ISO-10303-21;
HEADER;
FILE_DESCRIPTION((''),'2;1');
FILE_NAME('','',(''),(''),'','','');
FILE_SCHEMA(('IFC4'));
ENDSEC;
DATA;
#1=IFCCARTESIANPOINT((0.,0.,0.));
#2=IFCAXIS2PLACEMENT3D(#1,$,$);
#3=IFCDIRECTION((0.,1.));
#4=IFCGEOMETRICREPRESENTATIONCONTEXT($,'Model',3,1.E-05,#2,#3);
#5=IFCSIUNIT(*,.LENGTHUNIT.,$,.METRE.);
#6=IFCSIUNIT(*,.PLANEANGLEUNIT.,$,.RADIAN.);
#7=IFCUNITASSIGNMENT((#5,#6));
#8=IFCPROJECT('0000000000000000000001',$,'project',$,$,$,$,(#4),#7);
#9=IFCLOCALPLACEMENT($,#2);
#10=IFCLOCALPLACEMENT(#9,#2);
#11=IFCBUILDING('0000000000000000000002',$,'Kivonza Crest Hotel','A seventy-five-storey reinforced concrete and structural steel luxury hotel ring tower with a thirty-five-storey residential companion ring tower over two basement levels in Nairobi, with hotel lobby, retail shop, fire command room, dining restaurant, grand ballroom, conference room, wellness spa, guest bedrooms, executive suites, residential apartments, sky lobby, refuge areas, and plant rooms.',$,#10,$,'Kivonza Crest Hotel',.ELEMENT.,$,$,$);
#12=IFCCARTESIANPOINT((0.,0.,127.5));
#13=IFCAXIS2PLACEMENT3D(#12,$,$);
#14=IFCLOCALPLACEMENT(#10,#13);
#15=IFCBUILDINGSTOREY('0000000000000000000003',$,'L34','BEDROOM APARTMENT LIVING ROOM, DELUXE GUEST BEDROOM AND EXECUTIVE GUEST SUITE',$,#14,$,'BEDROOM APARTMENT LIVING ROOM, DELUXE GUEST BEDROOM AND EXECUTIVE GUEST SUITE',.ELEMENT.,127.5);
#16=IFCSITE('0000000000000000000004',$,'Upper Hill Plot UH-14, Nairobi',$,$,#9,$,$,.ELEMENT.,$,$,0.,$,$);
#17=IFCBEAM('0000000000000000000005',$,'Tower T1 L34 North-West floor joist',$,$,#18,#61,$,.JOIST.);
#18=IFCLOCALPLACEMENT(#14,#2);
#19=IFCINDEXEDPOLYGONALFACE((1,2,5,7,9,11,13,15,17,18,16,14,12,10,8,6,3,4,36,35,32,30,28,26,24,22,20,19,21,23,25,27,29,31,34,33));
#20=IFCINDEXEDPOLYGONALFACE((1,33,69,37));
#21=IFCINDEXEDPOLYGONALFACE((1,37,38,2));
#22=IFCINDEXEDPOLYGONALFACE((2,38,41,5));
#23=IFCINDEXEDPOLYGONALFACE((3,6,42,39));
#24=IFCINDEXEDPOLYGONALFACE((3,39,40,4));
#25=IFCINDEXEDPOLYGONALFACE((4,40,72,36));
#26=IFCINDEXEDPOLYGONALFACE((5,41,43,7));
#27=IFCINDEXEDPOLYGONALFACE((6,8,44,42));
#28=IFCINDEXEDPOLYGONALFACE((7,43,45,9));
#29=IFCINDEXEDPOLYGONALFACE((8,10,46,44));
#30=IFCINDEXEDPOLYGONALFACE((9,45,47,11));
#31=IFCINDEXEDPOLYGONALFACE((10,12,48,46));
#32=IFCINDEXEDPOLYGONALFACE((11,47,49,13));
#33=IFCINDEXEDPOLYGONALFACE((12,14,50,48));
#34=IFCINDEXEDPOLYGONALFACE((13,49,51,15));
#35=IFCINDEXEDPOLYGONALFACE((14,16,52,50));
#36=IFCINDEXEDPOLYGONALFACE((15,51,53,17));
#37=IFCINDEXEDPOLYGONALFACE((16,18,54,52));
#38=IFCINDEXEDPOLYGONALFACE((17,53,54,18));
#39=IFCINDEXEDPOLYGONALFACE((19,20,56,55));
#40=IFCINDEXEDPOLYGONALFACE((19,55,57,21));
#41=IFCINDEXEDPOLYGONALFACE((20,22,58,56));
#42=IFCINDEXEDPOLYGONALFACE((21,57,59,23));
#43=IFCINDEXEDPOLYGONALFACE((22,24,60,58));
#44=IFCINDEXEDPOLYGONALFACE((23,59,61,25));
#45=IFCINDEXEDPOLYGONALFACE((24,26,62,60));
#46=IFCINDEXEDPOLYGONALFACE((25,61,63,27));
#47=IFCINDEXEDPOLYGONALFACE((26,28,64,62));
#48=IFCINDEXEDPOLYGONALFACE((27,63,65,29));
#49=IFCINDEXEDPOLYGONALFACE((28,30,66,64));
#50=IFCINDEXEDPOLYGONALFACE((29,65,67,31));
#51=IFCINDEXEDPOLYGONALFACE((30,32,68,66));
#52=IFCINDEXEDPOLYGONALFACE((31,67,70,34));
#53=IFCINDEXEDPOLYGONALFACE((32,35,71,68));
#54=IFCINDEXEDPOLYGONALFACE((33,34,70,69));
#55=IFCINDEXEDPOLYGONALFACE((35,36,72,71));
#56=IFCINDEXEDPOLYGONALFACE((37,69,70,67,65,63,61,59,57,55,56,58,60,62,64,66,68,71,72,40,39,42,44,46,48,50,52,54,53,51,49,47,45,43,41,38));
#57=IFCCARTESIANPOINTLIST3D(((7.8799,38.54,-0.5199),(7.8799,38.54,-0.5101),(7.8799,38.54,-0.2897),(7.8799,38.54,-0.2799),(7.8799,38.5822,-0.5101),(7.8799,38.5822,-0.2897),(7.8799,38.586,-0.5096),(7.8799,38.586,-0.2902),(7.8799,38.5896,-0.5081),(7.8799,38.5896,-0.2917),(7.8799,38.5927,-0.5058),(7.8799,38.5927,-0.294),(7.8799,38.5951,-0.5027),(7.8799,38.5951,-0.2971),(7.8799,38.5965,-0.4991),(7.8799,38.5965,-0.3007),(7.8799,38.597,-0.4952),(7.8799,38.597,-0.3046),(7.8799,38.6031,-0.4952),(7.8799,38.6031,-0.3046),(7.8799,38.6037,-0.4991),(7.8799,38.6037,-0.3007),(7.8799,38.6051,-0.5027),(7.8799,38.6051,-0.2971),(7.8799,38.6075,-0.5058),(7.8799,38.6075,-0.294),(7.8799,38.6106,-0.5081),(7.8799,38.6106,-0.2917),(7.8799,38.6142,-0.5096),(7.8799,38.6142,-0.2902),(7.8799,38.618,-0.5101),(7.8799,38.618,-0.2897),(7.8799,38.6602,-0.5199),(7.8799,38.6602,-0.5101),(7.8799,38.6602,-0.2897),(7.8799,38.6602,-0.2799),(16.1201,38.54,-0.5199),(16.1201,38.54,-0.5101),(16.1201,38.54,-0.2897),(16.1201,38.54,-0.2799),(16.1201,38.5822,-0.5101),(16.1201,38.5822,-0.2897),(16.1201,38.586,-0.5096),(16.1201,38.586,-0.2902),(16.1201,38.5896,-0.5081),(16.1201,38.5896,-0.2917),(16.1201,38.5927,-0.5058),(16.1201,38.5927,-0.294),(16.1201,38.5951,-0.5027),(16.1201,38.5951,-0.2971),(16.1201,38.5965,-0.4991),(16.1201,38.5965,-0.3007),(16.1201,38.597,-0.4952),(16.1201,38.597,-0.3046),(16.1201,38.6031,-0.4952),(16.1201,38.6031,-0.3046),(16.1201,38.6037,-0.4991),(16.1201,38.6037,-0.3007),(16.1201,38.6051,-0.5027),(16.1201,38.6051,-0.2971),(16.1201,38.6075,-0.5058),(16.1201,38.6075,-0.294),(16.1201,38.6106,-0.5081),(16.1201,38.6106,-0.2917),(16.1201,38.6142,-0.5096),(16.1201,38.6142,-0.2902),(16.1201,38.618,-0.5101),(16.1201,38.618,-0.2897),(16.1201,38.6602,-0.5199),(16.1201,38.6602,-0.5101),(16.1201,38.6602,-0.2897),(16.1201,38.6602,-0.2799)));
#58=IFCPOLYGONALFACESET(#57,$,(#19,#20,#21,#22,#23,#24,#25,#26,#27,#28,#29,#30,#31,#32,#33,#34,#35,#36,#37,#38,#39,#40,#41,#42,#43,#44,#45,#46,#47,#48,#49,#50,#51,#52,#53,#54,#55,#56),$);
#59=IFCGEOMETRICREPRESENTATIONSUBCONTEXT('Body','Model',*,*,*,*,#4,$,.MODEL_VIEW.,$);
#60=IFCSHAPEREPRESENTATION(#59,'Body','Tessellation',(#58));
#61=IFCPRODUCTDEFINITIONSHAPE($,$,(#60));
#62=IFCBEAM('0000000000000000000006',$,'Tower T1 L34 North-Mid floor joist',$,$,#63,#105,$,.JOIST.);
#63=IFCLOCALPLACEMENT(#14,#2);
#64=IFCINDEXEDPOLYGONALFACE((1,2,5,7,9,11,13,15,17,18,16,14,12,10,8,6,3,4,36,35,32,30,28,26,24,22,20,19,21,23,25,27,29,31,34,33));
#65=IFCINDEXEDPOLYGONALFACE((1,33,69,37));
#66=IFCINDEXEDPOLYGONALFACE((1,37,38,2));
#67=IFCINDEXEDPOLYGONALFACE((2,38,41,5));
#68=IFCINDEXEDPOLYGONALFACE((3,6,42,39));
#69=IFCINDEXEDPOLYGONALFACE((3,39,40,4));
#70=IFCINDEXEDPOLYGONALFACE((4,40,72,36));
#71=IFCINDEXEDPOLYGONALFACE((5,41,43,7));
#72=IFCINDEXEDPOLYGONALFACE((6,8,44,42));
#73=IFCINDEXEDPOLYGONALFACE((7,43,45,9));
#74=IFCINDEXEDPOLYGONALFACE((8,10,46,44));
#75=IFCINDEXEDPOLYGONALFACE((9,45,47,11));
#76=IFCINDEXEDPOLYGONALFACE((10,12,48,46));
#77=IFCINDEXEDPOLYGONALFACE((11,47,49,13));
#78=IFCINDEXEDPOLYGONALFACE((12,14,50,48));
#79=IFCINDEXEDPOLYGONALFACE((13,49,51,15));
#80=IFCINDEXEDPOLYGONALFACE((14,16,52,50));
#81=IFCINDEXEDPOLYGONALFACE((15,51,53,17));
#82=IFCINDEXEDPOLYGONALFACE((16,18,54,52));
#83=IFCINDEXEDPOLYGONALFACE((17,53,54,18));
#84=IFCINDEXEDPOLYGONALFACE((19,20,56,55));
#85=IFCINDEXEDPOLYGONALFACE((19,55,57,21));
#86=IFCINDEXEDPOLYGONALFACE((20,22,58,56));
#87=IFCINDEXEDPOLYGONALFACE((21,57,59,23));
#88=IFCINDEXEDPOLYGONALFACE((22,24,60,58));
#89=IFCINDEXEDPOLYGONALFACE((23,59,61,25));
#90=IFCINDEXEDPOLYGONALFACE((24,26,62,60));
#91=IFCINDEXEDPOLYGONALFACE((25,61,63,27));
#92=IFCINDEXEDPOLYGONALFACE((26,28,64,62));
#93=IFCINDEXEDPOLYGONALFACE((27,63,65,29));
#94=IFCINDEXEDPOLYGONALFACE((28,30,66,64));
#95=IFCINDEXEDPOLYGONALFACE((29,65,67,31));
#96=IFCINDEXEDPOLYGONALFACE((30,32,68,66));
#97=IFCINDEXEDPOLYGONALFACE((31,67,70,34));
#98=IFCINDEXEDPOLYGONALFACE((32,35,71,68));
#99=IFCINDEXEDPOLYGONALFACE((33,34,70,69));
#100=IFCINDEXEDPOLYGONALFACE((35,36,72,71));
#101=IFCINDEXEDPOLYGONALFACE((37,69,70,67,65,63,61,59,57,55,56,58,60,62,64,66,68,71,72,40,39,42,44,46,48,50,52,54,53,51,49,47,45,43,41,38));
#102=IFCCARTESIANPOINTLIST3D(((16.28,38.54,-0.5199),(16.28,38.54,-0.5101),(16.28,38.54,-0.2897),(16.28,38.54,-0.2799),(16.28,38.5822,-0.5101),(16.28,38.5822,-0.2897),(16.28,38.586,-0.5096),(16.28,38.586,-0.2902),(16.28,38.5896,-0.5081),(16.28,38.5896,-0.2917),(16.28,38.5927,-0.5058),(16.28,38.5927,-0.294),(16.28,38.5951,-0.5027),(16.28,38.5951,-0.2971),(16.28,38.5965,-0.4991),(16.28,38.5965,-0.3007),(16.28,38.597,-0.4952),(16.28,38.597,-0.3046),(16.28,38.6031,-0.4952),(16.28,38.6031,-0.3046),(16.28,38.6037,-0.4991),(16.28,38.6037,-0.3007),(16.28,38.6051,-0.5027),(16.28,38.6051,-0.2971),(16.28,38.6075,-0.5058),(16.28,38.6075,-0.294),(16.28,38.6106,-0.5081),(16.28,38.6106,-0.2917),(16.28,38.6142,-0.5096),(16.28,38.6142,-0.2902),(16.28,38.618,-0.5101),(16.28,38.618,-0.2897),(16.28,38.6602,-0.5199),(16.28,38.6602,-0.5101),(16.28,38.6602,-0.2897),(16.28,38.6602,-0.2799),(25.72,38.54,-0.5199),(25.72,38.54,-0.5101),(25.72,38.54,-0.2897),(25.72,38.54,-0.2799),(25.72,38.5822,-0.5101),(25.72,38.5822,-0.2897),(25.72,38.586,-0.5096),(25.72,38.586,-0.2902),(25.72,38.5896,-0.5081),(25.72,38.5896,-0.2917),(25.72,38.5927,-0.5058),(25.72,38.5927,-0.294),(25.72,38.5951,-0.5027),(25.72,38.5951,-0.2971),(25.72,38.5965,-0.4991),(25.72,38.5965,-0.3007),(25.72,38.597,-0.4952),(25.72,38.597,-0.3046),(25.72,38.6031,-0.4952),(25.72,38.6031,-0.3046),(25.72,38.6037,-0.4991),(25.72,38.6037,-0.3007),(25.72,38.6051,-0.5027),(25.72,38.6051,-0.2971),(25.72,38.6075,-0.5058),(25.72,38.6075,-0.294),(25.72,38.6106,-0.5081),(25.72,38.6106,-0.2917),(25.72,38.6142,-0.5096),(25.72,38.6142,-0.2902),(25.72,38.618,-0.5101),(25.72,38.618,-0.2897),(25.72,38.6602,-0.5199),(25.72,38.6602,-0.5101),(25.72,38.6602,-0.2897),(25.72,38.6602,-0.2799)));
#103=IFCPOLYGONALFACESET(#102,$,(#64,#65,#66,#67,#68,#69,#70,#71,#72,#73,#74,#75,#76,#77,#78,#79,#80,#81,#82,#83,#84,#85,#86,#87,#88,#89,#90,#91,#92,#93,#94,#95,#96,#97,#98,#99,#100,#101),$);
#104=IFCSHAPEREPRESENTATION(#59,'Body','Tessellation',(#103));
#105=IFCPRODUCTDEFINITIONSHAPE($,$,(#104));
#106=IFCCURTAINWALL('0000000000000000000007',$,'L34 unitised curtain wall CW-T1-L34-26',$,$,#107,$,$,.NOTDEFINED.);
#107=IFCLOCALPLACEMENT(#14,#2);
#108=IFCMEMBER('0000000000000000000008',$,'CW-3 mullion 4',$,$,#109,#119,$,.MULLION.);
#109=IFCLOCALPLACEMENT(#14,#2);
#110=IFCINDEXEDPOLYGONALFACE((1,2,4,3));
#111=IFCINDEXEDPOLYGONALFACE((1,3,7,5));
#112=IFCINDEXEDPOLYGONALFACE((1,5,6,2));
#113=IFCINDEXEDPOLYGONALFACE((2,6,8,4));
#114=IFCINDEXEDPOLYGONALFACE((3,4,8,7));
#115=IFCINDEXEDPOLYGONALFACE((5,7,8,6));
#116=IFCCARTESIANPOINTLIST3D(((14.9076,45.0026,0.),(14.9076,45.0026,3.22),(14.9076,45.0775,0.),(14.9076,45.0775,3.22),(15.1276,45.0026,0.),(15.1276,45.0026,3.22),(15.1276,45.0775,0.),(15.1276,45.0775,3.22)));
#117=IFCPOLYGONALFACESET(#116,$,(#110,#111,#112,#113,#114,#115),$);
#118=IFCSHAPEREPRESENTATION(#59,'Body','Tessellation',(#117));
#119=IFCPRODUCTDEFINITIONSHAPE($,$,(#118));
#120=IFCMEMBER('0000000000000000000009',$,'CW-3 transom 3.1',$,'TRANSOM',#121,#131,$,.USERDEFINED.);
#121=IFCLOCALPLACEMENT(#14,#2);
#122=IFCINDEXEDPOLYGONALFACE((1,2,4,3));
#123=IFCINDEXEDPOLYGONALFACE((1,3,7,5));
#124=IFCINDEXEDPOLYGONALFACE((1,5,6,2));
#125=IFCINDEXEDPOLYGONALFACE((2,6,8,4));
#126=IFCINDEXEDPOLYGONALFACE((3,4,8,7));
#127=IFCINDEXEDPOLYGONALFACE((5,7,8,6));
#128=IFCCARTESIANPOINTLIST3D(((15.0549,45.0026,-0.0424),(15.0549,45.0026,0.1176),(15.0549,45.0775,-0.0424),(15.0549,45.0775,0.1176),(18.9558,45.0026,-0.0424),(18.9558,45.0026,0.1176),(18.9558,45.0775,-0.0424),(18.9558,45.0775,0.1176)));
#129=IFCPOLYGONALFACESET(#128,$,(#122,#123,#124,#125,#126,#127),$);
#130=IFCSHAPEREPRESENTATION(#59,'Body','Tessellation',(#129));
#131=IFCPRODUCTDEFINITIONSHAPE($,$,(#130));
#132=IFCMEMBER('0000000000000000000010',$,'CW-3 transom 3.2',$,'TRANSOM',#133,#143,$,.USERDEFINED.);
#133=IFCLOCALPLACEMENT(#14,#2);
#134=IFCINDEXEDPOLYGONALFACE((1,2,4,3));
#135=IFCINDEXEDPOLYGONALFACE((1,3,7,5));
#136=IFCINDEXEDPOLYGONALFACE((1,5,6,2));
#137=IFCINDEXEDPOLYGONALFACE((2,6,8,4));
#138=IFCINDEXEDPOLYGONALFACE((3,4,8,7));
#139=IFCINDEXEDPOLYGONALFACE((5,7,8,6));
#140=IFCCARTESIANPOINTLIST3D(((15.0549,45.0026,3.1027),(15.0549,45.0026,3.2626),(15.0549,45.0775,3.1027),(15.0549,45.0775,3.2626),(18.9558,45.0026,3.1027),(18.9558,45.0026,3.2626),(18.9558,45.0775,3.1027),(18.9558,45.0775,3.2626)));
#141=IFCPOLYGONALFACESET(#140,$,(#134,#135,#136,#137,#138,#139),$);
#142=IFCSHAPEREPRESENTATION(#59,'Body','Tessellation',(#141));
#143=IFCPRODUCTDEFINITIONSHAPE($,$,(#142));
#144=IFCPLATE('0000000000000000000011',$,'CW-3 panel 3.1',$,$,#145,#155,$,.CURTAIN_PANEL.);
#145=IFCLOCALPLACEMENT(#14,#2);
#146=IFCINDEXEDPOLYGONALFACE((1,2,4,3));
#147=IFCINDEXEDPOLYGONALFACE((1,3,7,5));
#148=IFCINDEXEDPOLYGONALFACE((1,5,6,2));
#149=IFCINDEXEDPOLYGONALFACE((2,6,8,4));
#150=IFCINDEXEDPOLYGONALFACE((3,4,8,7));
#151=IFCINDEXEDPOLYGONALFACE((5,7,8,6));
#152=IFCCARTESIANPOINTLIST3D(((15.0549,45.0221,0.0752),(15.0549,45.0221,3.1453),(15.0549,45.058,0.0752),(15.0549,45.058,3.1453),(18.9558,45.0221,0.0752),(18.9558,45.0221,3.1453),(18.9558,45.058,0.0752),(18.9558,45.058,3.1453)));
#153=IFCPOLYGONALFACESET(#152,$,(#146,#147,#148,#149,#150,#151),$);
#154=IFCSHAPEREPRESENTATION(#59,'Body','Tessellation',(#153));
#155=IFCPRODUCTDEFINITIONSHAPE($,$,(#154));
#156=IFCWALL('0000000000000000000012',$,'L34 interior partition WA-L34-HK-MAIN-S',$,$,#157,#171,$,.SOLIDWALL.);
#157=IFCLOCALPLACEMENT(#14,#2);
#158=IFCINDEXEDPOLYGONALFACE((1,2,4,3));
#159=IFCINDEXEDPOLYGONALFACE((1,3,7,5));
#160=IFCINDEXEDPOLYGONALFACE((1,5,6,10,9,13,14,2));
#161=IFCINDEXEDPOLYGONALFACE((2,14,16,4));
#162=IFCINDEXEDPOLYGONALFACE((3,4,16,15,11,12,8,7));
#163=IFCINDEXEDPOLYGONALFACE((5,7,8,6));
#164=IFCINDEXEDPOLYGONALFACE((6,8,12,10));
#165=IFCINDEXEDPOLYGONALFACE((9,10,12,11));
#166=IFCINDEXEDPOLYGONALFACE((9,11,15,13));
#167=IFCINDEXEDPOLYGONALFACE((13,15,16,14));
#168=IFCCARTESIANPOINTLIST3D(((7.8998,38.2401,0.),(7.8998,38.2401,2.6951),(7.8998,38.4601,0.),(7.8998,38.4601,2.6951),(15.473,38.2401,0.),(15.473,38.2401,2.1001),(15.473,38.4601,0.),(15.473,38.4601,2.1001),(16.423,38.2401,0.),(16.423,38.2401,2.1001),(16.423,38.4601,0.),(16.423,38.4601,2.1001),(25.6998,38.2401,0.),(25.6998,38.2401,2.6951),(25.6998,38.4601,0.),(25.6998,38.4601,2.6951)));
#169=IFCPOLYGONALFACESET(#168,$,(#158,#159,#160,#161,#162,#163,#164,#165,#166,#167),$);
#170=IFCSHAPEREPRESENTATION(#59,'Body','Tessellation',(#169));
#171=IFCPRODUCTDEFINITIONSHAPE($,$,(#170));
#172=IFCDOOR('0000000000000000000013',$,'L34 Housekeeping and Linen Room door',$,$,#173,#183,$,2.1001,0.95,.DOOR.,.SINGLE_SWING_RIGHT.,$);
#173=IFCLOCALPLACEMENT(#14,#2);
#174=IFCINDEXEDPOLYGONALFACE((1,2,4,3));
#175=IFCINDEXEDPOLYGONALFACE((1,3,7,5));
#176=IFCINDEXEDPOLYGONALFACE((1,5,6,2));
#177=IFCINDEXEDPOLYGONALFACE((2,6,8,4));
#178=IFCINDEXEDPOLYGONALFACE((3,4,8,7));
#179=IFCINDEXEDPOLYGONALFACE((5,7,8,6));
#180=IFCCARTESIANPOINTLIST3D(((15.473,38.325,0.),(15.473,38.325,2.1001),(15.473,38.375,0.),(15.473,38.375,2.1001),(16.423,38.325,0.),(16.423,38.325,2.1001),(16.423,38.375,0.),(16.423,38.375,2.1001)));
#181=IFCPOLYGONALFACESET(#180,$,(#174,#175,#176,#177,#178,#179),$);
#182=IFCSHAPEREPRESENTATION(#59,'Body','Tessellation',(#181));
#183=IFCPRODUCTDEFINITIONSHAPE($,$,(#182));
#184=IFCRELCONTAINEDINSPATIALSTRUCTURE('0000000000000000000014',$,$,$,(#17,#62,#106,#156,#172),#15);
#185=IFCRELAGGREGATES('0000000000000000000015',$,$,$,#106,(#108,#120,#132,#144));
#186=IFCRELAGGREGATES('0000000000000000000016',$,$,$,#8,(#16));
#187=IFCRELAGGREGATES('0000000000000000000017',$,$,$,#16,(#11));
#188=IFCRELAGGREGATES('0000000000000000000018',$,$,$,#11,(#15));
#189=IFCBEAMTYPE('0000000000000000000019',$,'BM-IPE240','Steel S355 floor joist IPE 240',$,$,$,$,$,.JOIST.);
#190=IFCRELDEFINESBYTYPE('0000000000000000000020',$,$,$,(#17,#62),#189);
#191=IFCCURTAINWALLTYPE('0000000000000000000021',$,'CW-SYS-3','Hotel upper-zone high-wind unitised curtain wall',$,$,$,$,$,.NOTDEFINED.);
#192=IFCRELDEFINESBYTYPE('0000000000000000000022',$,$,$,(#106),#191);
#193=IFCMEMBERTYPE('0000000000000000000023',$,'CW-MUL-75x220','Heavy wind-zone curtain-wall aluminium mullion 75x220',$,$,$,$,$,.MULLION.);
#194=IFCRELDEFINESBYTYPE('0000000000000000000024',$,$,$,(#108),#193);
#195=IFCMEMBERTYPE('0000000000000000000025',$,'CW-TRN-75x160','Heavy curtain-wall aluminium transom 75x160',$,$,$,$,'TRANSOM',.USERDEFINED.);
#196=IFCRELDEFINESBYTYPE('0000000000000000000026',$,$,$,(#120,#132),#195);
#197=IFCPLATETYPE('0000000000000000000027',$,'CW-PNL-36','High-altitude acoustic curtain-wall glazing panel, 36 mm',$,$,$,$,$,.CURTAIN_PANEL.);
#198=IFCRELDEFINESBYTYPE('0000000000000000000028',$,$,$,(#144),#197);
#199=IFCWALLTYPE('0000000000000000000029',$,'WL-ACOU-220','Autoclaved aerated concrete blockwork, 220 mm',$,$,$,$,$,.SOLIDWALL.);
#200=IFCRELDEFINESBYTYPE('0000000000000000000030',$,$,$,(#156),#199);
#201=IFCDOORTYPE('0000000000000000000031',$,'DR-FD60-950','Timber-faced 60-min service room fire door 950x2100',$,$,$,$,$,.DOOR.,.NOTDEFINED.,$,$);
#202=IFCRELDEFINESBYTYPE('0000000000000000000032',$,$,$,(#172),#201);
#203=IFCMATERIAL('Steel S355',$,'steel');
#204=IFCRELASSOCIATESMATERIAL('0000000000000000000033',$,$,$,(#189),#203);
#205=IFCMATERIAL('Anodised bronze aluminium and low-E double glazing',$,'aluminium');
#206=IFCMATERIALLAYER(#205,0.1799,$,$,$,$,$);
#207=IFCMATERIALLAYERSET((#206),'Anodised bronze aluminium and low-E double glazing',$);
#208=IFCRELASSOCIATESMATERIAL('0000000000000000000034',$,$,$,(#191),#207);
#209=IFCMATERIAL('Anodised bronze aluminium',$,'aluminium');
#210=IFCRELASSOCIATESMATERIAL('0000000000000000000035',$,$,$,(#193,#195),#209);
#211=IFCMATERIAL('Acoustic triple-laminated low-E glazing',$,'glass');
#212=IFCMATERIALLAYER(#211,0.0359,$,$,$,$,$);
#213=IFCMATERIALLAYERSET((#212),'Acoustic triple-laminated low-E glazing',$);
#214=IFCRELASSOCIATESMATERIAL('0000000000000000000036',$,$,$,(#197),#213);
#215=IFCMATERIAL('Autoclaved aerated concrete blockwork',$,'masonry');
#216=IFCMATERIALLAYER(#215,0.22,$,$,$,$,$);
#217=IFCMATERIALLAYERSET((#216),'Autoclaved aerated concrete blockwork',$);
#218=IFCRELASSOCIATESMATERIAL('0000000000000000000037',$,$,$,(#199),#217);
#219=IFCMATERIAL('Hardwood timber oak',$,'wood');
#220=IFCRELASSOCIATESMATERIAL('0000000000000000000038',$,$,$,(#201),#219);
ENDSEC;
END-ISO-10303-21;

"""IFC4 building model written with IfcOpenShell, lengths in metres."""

from ifc_helpers import new_model, si_unit, direction, frame, frame_2d, origin, origin_2d, place, context, subcontext, project, spatial, rectangle, i_section, extrude, material, layer, layer_set, material_profile, profile_set, type_object, element, fill, aggregate, save


model = new_model("IFC4")

# Units and contexts
model_context = context("Model", 3, precision=1e-05, world=origin(), true_north=direction((0.0, 1.0)))
body_context = subcontext(model_context, "Body", "Model", "MODEL_VIEW")
ifc_project = project(units=[si_unit("LENGTHUNIT", "METRE"), si_unit("PLANEANGLEUNIT", "RADIAN")], contexts=[model_context])

# Site, building, storey
site_placement = place(None, origin())
site = spatial("IfcSite", under=ifc_project, at=site_placement, Name="Upper Hill Plot UH-14, Nairobi", CompositionType="ELEMENT", RefElevation=0.0)
building_placement = place(site_placement, origin())
building = spatial("IfcBuilding", under=site, at=building_placement, Name="Kivonza Crest Hotel", Description="A seventy-five-storey reinforced concrete and structural steel luxury hotel ring tower with a thirty-five-storey residential companion ring tower over two basement levels in Nairobi, with hotel lobby, retail shop, fire command room, dining restaurant, grand ballroom, conference room, wellness spa, guest bedrooms, executive suites, residential apartments, sky lobby, refuge areas, and plant rooms.", LongName="Kivonza Crest Hotel", CompositionType="ELEMENT")
storey_placement = place(building_placement, frame((0.0, 0.0, 127.5)))
storey = spatial("IfcBuildingStorey", under=building, at=storey_placement, Name="L34", Description="BEDROOM APARTMENT LIVING ROOM, DELUXE GUEST BEDROOM AND EXECUTIVE GUEST SUITE", LongName="BEDROOM APARTMENT LIVING ROOM, DELUXE GUEST BEDROOM AND EXECUTIVE GUEST SUITE", CompositionType="ELEMENT", Elevation=127.5)

# Beams
ifc_material_1 = material(Name="Steel S355", Category="steel")
ifc_material_profile_1 = material_profile(ifc_material_1, i_section(OverallWidth=0.1201, OverallDepth=0.24, WebThickness=0.0061, FlangeThickness=0.0098, FilletRadius=0.0149, at=origin_2d()), Name="IPE 240")
ifc_profile_set_1 = profile_set([ifc_material_profile_1], Name="Steel S355")
beam_type_1 = type_object("IfcBeamType", Name="BM-IPE240", Description="Steel S355 floor joist IPE 240", PredefinedType="JOIST", material=ifc_profile_set_1)
beam_1_placement = place(storey_placement, frame((7.8799, 38.6001, -0.3999), z_axis=(1.0, 0.0, 0.0), x_axis=(0.0, 1.0, 0.0)))
element("IfcBeam", 1, at=beam_1_placement, inside=storey, type_object=beam_type_1, Name="Tower T1 L34 North-West floor joist", PredefinedType="JOIST", context=body_context, shape_type="SweptSolid", body=[
    extrude(i_section(OverallWidth=0.1201, OverallDepth=0.24, WebThickness=0.0061, FlangeThickness=0.0098, FilletRadius=0.0149, at=origin_2d()), origin(), (0.0, 0.0, 1.0), 8.2402),
])
beam_2_placement = place(storey_placement, frame((16.28, 38.6001, -0.3999), z_axis=(1.0, 0.0, 0.0), x_axis=(0.0, 1.0, 0.0)))
element("IfcBeam", 2, at=beam_2_placement, inside=storey, type_object=beam_type_1, Name="Tower T1 L34 North-Mid floor joist", PredefinedType="JOIST", context=body_context, shape_type="SweptSolid", body=[
    extrude(i_section(OverallWidth=0.1201, OverallDepth=0.24, WebThickness=0.0061, FlangeThickness=0.0098, FilletRadius=0.0149, at=origin_2d()), origin(), (0.0, 0.0, 1.0), 9.4399),
])

# Curtain wall, members, plate
ifc_material_2 = material(Name="Anodised bronze aluminium and low-E double glazing", Category="aluminium")
ifc_layer_1 = layer(ifc_material_2, 0.1799)
ifc_layer_set_1 = layer_set([ifc_layer_1], Name="Anodised bronze aluminium and low-E double glazing")
curtain_wall_type = type_object("IfcCurtainWallType", Name="CW-SYS-3", Description="Hotel upper-zone high-wind unitised curtain wall", PredefinedType="NOTDEFINED", material=ifc_layer_set_1)
curtain_wall_placement = place(storey_placement, origin())
curtain_wall = element("IfcCurtainWall", 3, at=curtain_wall_placement, inside=storey, type_object=curtain_wall_type, Name="L34 unitised curtain wall CW-T1-L34-26", PredefinedType="NOTDEFINED")
ifc_material_3 = material(Name="Anodised bronze aluminium", Category="aluminium")
ifc_material_profile_2 = material_profile(ifc_material_3, rectangle(XDim=0.075, YDim=0.22, at=origin_2d()), Name="CW-M 75x220")
ifc_profile_set_2 = profile_set([ifc_material_profile_2], Name="Anodised bronze aluminium")
member_type_1 = type_object("IfcMemberType", Name="CW-MUL-75x220", Description="Heavy wind-zone curtain-wall aluminium mullion 75x220", PredefinedType="MULLION", material=ifc_profile_set_2)
member_1_placement = place(storey_placement, frame((15.0176, 45.04, 0.0), z_axis=(0.0, 0.0, 1.0), x_axis=(0.0, -1.0, 0.0)))
member_1 = element("IfcMember", 4, at=member_1_placement, type_object=member_type_1, Name="CW-3 mullion 4", PredefinedType="MULLION", context=body_context, shape_type="SweptSolid", body=[
    extrude(rectangle(XDim=0.075, YDim=0.22, at=origin_2d()), origin(), (0.0, 0.0, 1.0), 3.22),
])
ifc_material_profile_3 = material_profile(ifc_material_3, rectangle(XDim=0.075, YDim=0.1599, at=origin_2d()), Name="CW-T 75x160")
ifc_profile_set_3 = profile_set([ifc_material_profile_3], Name="Anodised bronze aluminium")
member_type_2 = type_object("IfcMemberType", Name="CW-TRN-75x160", Description="Heavy curtain-wall aluminium transom 75x160", ElementType="TRANSOM", PredefinedType="USERDEFINED", material=ifc_profile_set_3)
member_2_placement = place(storey_placement, frame((18.9558, 45.04, 0.0376), z_axis=(-1.0, 0.0, 0.0), x_axis=(0.0, -1.0, 0.0)))
member_2 = element("IfcMember", 5, at=member_2_placement, type_object=member_type_2, Name="CW-3 transom 3.1", ObjectType="TRANSOM", PredefinedType="USERDEFINED", context=body_context, shape_type="SweptSolid", body=[
    extrude(rectangle(XDim=0.075, YDim=0.1599, at=origin_2d()), origin(), (0.0, 0.0, 1.0), 3.9009),
])
member_3_placement = place(storey_placement, frame((18.9558, 45.04, 3.1826), z_axis=(-1.0, 0.0, 0.0), x_axis=(0.0, -1.0, 0.0)))
member_3 = element("IfcMember", 6, at=member_3_placement, type_object=member_type_2, Name="CW-3 transom 3.2", ObjectType="TRANSOM", PredefinedType="USERDEFINED", context=body_context, shape_type="SweptSolid", body=[
    extrude(rectangle(XDim=0.075, YDim=0.1599, at=origin_2d()), origin(), (0.0, 0.0, 1.0), 3.9009),
])
ifc_material_4 = material(Name="Acoustic triple-laminated low-E glazing", Category="glass")
ifc_layer_2 = layer(ifc_material_4, 0.0359)
ifc_layer_set_2 = layer_set([ifc_layer_2], Name="Acoustic triple-laminated low-E glazing")
plate_type = type_object("IfcPlateType", Name="CW-PNL-36", Description="High-altitude acoustic curtain-wall glazing panel, 36 mm", PredefinedType="CURTAIN_PANEL", material=ifc_layer_set_2)
plate_placement = place(storey_placement, frame((17.0054, 45.04, 0.0752), z_axis=(0.0, 0.0, 1.0), x_axis=(-1.0, 0.0, 0.0)))
plate = element("IfcPlate", 7, at=plate_placement, type_object=plate_type, Name="CW-3 panel 3.1", PredefinedType="CURTAIN_PANEL", context=body_context, shape_type="SweptSolid", body=[
    extrude(rectangle(XDim=3.9009, YDim=0.0359, at=origin_2d()), origin(), (0.0, 0.0, 1.0), 3.0701),
])
aggregate(curtain_wall, [member_1, member_2, member_3, plate])

# Wall, opening, door
ifc_material_5 = material(Name="Autoclaved aerated concrete blockwork", Category="masonry")
ifc_layer_3 = layer(ifc_material_5, 0.22)
ifc_layer_set_3 = layer_set([ifc_layer_3], Name="Autoclaved aerated concrete blockwork")
wall_type_1 = type_object("IfcWallType", Name="WL-ACOU-220", Description="Autoclaved aerated concrete blockwork, 220 mm", PredefinedType="SOLIDWALL", material=ifc_layer_set_3)
wall_1_placement = place(storey_placement, frame((7.8999, 38.3501, 0.0), z_axis=(0.0, 0.0, 1.0), x_axis=(1.0, 0.0, 0.0)))
wall_1 = element("IfcWall", 8, at=wall_1_placement, inside=storey, type_object=wall_type_1, Name="L34 interior partition WA-L34-HK-MAIN-S", PredefinedType="SOLIDWALL", context=body_context, shape_type="SweptSolid", body=[
    extrude(rectangle(XDim=17.8, YDim=0.22, at=frame_2d((8.8999, 0.0))), origin(), (0.0, 0.0, 1.0), 2.6951),
])
opening_1_placement = place(wall_1_placement, frame((7.573, 0.0, 0.0)))
opening_1 = element("IfcOpeningElement", 9, at=opening_1_placement, cuts=wall_1, PredefinedType="OPENING", context=body_context, shape_type="SweptSolid", body=[
    extrude(rectangle(XDim=0.95, YDim=2.1001, at=frame_2d((0.4751, 1.05))), frame((0.0, 0.1201, 0.0), z_axis=(0.0, -1.0, 0.0), x_axis=(1.0, 0.0, 0.0)), (0.0, 0.0, 1.0), 0.24),
])
ifc_material_6 = material(Name="Hardwood timber oak", Category="wood")
door_type = type_object("IfcDoorType", Name="DR-FD60-950", Description="Timber-faced 60-min service room fire door 950x2100", OperationType="NOTDEFINED", PredefinedType="DOOR", material=ifc_material_6)
door_placement = place(opening_1_placement, origin())
door = element("IfcDoor", 10, at=door_placement, inside=storey, type_object=door_type, Name="L34 Housekeeping and Linen Room door", OperationType="SINGLE_SWING_RIGHT", OverallHeight=2.1001, OverallWidth=0.95, PredefinedType="DOOR", context=body_context, shape_type="SweptSolid", body=[
    extrude(rectangle(XDim=0.95, YDim=2.1001, at=frame_2d((0.4751, 1.05))), frame((0.0, 0.0249, 0.0), z_axis=(0.0, -1.0, 0.0), x_axis=(1.0, 0.0, 0.0)), (0.0, 0.0, 1.0), 0.05),
])
fill(opening_1, door)

save(model, "model.ifc")
